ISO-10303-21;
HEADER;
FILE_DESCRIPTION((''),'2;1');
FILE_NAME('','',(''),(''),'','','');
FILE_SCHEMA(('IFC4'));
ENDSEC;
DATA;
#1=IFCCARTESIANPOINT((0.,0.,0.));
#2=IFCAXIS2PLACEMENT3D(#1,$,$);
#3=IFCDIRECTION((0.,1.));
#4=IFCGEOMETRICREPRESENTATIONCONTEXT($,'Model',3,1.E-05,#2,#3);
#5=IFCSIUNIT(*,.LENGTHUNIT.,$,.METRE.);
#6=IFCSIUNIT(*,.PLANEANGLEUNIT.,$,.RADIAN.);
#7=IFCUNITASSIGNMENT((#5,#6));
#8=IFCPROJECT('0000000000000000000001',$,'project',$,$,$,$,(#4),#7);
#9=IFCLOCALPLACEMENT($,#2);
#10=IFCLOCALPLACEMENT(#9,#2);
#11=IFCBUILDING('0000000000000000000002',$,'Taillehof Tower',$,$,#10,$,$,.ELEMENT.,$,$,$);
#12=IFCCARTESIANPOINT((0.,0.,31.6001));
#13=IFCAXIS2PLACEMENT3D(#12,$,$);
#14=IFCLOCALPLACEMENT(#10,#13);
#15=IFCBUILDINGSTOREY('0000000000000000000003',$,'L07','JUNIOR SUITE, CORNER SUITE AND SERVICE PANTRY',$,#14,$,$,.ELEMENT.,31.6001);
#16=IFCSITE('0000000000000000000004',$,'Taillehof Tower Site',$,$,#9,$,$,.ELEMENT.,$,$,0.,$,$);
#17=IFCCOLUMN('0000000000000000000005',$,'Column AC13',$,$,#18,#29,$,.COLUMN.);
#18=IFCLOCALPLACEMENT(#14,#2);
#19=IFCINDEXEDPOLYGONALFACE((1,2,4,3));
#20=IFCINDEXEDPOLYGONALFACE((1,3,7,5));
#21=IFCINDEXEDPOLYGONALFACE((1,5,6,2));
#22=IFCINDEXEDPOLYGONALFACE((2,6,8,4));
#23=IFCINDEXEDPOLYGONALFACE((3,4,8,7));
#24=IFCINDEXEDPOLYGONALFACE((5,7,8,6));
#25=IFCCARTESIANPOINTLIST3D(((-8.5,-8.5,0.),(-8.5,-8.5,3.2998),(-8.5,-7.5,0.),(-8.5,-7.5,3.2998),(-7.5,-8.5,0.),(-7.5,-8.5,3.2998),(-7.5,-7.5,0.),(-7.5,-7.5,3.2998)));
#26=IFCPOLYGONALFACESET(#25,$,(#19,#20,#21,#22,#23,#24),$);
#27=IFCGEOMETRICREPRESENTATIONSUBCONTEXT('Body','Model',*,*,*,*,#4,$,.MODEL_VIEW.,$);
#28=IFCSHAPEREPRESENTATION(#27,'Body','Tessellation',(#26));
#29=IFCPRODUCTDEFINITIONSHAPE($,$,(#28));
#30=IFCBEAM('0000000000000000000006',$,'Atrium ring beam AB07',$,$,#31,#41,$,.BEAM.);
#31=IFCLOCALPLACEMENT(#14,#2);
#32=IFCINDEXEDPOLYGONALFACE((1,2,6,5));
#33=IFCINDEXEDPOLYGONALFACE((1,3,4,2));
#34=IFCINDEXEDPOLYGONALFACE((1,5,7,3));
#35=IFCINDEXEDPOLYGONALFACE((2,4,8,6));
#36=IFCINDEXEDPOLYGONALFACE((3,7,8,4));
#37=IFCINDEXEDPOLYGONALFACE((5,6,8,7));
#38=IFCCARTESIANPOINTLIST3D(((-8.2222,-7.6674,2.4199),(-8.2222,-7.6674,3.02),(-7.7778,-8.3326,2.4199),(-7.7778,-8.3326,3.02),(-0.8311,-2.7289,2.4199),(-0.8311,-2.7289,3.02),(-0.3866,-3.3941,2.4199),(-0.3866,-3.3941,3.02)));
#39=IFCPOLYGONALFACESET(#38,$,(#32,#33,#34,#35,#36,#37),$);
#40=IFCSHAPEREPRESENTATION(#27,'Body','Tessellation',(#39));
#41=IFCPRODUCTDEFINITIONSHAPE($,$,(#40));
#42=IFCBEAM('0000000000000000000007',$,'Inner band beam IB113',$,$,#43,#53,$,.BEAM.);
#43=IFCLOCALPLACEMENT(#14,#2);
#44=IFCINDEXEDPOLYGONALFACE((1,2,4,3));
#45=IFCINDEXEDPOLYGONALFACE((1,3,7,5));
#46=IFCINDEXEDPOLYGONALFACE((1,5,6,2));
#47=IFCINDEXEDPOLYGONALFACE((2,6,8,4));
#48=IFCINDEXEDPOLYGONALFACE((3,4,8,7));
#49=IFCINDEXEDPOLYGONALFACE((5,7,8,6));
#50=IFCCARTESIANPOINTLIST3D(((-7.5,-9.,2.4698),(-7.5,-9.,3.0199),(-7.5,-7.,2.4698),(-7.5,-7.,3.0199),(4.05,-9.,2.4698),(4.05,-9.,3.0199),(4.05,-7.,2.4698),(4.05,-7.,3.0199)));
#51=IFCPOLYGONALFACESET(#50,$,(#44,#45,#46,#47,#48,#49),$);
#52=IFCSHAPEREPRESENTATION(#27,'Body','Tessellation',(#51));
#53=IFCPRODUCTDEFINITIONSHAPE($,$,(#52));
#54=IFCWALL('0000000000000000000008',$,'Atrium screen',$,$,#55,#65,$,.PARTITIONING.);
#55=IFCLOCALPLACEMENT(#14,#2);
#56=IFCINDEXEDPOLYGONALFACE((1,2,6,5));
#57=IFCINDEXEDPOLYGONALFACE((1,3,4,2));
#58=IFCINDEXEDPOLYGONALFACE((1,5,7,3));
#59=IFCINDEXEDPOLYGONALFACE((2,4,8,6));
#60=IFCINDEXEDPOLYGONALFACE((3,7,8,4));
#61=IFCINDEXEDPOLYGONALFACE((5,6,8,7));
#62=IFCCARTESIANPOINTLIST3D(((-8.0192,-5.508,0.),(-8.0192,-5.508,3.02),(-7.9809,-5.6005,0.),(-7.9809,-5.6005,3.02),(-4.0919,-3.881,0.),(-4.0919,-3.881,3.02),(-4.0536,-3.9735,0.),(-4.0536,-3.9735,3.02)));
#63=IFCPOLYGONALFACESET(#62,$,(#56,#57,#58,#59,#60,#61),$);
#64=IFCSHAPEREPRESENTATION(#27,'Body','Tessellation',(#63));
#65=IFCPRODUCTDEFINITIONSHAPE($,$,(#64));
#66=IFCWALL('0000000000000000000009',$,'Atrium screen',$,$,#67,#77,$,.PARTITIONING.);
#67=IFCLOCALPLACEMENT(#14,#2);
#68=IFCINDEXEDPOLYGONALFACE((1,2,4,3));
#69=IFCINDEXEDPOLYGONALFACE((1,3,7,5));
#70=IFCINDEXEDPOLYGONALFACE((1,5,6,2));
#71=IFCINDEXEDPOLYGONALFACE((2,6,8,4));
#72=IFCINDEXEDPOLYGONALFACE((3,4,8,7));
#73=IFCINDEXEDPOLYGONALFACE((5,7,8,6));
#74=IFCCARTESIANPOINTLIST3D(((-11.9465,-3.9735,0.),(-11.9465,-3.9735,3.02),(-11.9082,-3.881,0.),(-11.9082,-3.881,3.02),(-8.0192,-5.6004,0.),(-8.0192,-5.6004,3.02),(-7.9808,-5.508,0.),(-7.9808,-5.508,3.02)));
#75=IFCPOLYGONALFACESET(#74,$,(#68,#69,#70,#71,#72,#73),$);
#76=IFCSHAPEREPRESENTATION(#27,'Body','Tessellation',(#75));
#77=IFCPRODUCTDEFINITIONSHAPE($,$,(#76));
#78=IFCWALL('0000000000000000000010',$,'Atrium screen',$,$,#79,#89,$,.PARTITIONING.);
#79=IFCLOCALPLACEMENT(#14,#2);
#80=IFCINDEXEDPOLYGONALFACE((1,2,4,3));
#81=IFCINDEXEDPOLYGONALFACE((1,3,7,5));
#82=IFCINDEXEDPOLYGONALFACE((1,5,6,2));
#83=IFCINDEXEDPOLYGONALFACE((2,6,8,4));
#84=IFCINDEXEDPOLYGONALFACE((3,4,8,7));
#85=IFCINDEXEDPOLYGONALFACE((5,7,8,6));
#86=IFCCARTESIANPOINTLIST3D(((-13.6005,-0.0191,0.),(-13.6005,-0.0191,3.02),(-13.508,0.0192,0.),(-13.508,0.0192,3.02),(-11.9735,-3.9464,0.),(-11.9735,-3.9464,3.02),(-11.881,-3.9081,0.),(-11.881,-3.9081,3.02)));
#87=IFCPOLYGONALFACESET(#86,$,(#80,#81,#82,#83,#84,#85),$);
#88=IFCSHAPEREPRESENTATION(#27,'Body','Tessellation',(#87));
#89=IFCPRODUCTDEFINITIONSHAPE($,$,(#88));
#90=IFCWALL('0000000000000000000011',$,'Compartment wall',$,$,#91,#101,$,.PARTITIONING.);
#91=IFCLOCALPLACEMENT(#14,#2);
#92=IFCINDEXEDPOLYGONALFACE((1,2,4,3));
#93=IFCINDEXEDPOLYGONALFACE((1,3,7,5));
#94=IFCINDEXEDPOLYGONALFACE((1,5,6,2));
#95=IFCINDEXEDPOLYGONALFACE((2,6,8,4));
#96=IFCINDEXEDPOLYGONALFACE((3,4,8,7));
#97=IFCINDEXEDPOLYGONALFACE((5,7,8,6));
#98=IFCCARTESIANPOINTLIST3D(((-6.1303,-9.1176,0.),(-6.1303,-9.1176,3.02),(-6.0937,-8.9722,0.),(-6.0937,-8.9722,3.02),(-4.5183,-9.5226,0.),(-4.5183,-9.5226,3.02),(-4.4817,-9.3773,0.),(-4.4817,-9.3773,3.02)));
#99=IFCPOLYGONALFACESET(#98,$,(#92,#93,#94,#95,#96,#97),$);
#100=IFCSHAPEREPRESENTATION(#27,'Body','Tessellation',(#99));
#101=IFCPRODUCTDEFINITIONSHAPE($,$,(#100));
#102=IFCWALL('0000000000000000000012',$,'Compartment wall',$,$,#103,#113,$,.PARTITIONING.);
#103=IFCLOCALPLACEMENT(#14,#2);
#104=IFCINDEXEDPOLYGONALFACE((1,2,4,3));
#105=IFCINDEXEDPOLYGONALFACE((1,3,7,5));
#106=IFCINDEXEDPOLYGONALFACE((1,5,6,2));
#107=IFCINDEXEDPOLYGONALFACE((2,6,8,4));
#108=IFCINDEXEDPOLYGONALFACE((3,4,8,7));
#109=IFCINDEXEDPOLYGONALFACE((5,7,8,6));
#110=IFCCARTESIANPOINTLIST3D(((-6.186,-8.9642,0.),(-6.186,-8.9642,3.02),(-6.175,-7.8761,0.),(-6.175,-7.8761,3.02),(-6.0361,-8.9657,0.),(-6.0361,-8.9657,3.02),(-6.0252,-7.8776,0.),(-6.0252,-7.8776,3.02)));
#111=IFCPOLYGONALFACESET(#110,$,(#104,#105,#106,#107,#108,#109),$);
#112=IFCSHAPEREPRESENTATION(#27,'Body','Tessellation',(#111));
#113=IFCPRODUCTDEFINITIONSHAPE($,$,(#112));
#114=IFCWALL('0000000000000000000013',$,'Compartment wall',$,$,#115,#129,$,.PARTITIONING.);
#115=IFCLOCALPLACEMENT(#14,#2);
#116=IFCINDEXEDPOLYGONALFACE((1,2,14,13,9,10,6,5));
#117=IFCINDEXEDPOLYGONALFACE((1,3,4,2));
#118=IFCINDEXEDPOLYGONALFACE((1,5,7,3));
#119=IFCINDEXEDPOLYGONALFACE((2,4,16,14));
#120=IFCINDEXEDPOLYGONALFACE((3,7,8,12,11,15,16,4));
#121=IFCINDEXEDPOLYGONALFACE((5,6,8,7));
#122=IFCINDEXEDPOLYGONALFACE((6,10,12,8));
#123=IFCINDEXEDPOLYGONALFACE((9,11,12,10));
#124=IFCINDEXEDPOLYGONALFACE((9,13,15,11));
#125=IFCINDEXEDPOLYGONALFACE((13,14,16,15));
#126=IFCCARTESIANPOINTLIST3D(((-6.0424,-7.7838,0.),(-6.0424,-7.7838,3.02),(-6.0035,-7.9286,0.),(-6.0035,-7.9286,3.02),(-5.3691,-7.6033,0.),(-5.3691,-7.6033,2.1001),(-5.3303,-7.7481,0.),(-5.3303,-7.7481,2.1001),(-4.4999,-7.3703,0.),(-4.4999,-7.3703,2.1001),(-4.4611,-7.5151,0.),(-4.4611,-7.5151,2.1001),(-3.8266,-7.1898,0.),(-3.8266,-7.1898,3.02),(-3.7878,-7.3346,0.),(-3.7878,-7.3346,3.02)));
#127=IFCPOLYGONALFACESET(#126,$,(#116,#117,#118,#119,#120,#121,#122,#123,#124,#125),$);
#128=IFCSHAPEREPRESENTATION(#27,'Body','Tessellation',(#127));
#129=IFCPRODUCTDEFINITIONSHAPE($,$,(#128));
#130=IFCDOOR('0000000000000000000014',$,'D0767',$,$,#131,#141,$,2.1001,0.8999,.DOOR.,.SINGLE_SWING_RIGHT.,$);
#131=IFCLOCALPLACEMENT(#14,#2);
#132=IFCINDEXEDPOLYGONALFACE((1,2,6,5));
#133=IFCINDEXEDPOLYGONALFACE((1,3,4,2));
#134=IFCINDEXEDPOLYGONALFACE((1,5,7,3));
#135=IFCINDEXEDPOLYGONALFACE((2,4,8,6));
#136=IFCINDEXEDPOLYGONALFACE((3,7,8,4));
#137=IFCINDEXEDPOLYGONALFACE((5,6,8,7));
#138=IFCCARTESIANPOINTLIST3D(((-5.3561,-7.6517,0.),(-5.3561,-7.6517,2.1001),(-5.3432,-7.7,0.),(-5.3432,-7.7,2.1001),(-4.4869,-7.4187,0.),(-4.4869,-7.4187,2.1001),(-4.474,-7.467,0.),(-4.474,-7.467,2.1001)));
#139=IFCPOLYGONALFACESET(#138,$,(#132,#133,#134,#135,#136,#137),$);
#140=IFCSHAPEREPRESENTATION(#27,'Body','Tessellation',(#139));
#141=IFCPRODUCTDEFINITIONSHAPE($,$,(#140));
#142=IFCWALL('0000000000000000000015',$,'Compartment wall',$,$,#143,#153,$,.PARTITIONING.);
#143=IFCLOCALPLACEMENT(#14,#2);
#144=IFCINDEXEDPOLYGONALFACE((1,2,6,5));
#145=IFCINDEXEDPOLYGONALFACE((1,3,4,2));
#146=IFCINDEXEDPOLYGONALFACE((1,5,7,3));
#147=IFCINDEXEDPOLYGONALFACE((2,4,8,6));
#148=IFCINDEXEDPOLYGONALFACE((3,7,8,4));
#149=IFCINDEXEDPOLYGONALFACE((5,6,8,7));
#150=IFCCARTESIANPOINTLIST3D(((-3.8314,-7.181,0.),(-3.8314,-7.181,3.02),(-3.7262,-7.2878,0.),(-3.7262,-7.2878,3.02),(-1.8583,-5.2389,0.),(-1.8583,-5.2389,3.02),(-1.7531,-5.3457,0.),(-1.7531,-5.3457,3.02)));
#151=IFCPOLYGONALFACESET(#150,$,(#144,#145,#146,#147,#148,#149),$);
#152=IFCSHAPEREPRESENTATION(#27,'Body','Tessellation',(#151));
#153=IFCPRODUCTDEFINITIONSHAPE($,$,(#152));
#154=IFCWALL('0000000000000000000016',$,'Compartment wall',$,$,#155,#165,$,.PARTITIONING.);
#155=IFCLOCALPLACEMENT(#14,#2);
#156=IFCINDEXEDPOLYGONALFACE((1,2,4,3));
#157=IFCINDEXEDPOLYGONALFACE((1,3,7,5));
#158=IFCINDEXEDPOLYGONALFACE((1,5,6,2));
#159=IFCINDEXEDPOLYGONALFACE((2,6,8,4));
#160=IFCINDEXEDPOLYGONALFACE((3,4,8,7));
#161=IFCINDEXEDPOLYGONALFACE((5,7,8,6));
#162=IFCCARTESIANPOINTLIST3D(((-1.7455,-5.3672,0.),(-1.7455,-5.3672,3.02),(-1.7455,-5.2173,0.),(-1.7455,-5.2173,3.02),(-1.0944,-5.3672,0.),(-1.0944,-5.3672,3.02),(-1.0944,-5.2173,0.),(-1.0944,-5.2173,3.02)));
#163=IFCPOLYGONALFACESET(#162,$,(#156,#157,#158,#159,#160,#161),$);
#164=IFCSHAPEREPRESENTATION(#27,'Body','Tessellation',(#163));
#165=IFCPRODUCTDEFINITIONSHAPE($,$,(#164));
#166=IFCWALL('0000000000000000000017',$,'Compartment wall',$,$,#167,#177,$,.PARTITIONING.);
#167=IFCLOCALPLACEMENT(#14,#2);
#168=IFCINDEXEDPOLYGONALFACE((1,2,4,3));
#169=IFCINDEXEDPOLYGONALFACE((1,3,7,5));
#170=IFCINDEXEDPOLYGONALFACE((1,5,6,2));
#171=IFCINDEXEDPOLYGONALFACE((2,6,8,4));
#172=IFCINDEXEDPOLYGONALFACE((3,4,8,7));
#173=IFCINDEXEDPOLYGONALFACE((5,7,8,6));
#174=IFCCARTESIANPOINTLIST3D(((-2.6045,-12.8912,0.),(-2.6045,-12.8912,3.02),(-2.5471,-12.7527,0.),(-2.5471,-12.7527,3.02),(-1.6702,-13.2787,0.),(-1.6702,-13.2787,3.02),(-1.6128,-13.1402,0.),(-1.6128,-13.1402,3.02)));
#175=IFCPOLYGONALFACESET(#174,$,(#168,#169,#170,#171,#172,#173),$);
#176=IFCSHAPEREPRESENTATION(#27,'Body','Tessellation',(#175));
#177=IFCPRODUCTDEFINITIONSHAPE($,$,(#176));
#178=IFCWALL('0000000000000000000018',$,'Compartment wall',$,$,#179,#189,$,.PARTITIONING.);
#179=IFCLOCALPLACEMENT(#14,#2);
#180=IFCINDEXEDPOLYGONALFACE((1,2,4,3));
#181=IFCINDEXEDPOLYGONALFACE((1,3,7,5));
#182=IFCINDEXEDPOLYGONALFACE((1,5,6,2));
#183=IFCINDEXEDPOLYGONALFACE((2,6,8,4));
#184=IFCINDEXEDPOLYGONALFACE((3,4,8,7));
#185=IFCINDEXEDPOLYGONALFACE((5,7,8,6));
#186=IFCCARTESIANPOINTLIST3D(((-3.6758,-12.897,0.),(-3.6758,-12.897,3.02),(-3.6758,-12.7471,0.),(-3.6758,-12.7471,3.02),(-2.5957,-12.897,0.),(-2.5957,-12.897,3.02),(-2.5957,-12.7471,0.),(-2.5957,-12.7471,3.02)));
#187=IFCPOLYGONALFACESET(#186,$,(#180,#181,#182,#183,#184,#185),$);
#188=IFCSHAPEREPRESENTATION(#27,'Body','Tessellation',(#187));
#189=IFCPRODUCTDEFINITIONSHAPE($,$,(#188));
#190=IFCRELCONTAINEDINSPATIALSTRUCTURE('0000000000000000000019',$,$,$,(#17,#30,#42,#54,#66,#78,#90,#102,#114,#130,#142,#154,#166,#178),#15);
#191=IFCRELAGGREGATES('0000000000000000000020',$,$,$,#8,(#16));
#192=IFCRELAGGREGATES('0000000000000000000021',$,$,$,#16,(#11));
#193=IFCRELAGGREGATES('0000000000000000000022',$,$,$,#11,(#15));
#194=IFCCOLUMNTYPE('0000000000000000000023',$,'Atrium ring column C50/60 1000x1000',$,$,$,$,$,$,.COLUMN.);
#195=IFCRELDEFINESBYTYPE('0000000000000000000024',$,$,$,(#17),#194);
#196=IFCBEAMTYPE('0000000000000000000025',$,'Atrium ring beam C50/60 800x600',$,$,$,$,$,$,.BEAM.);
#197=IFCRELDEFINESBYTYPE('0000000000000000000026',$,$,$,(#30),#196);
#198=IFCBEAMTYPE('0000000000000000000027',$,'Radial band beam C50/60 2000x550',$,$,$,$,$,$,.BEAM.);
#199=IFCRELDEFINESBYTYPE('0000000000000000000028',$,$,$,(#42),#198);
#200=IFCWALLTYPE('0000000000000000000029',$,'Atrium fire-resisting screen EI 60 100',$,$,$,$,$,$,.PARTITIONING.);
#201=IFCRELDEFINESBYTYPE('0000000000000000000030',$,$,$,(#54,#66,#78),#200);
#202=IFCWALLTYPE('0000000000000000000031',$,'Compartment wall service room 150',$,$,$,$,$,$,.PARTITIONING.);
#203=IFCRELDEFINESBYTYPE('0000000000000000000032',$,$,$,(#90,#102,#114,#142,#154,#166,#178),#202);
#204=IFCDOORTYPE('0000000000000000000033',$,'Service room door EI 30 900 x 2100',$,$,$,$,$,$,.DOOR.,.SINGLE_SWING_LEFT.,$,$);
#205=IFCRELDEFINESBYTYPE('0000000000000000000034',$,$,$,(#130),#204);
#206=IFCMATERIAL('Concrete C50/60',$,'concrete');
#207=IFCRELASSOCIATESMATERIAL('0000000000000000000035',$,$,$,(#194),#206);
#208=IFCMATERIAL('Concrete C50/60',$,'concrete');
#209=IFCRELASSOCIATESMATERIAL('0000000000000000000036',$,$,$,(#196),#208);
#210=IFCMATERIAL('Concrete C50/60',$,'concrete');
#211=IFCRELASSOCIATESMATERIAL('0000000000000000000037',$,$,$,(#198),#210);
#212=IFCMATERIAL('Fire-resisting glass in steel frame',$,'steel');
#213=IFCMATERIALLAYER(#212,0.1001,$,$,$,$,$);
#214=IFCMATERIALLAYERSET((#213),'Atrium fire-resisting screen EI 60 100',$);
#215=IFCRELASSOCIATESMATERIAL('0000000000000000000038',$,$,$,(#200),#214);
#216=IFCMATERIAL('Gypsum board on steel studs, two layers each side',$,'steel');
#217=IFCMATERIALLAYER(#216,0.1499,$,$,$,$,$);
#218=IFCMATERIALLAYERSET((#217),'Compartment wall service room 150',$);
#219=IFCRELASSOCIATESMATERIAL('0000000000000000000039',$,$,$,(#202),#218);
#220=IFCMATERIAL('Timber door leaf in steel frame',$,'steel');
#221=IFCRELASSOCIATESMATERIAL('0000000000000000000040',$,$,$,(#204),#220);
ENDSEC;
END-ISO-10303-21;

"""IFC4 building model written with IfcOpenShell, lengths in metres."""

from ifc_helpers import new_model, si_unit, direction, frame, frame_2d, origin, origin_2d, place, context, subcontext, project, spatial, rectangle, extrude, material, layer, layer_set, material_profile, profile_set, type_object, element, fill, save


model = new_model("IFC4")

# Units and contexts
model_context = context("Model", 3, precision=1e-05, world=origin(), true_north=direction((0.0, 1.0)))
body_context = subcontext(model_context, "Body", "Model", "MODEL_VIEW")
ifc_project = project(units=[si_unit("LENGTHUNIT", "METRE"), si_unit("PLANEANGLEUNIT", "RADIAN")], contexts=[model_context])

# Site, building, storey
site_placement = place(None, origin())
site = spatial("IfcSite", under=ifc_project, at=site_placement, Name="Taillehof Tower Site", CompositionType="ELEMENT", RefElevation=0.0)
building_placement = place(site_placement, origin())
building = spatial("IfcBuilding", under=site, at=building_placement, Name="Taillehof Tower", CompositionType="ELEMENT")
storey_placement = place(building_placement, frame((0.0, 0.0, 31.6001)))
storey = spatial("IfcBuildingStorey", under=building, at=storey_placement, Name="L07", Description="JUNIOR SUITE, CORNER SUITE AND SERVICE PANTRY", CompositionType="ELEMENT", Elevation=31.6001)

# Column
ifc_material_1 = material(Name="Concrete C50/60", Category="concrete")
ifc_material_profile_1 = material_profile(ifc_material_1, rectangle(XDim=1.0, YDim=1.0, at=origin_2d()), Name="RC 1000x1000")
ifc_profile_set_1 = profile_set([ifc_material_profile_1], Name="Concrete C50/60")
column_type = type_object("IfcColumnType", Name="Atrium ring column C50/60 1000x1000", PredefinedType="COLUMN", material=ifc_profile_set_1)
column_placement = place(storey_placement, frame((-8.0, -8.0, 0.0), z_axis=(0.0, 0.0, 1.0), x_axis=(1.0, 0.0, 0.0)))
element("IfcColumn", 1, at=column_placement, inside=storey, type_object=column_type, Name="Column AC13", PredefinedType="COLUMN", context=body_context, shape_type="SweptSolid", body=[
    extrude(rectangle(XDim=1.0, YDim=1.0, at=origin_2d()), origin(), (0.0, 0.0, 1.0), 3.2998),
])

# Beams
ifc_material_2 = material(Name="Concrete C50/60", Category="concrete")
ifc_material_profile_2 = material_profile(ifc_material_2, rectangle(XDim=0.8, YDim=0.6001, at=origin_2d()), Name="RC 800x600")
ifc_profile_set_2 = profile_set([ifc_material_profile_2], Name="Concrete C50/60")
beam_type_1 = type_object("IfcBeamType", Name="Atrium ring beam C50/60 800x600", PredefinedType="BEAM", material=ifc_profile_set_2)
beam_1_placement = place(storey_placement, frame((-8.0, -8.0, 2.72), z_axis=(0.831475, 0.555562, 0.0), x_axis=(-0.555562, 0.831475, 0.0)))
element("IfcBeam", 2, at=beam_1_placement, inside=storey, type_object=beam_type_1, Name="Atrium ring beam AB07", PredefinedType="BEAM", context=body_context, shape_type="SweptSolid", body=[
    extrude(rectangle(XDim=0.8, YDim=0.6001, at=origin_2d()), origin(), (0.0, 0.0, 1.0), 8.8892),
])
ifc_material_3 = material(Name="Concrete C50/60", Category="concrete")
ifc_material_profile_3 = material_profile(ifc_material_3, rectangle(XDim=2.0, YDim=0.55, at=origin_2d()), Name="RC 2000x550")
ifc_profile_set_3 = profile_set([ifc_material_profile_3], Name="Concrete C50/60")
beam_type_2 = type_object("IfcBeamType", Name="Radial band beam C50/60 2000x550", PredefinedType="BEAM", material=ifc_profile_set_3)
beam_2_placement = place(storey_placement, frame((-7.5, -8.0, 2.7449), z_axis=(1.0, 0.0, 0.0), x_axis=(0.0, 1.0, 0.0)))
element("IfcBeam", 3, at=beam_2_placement, inside=storey, type_object=beam_type_2, Name="Inner band beam IB113", PredefinedType="BEAM", context=body_context, shape_type="SweptSolid", body=[
    extrude(rectangle(XDim=2.0, YDim=0.55, at=origin_2d()), origin(), (0.0, 0.0, 1.0), 11.55),
])

# Walls
ifc_material_4 = material(Name="Fire-resisting glass in steel frame", Category="steel")
ifc_layer_1 = layer(ifc_material_4, 0.1001)
ifc_layer_set_1 = layer_set([ifc_layer_1], Name="Atrium fire-resisting screen EI 60 100")
wall_type_1 = type_object("IfcWallType", Name="Atrium fire-resisting screen EI 60 100", PredefinedType="PARTITIONING", material=ifc_layer_set_1)
for number, where, z_axis, x_axis, name in (
    (4, (-4.0728, -3.9272, 0.0), (0.0, 0.0, 1.0), (-0.92386, -0.382731, 0.0), "Atrium screen"),
    (5, (-8.0, -5.5542, 0.0), (0.0, 0.0, 1.0), (-0.92386, 0.382731, 0.0), "Atrium screen"),
    (6, (-11.9272, -3.9272, 0.0), (0.0, 0.0, 1.0), (-0.382731, 0.92386, 0.0), "Atrium screen"),
):
    element("IfcWall", number, at=place(storey_placement, frame(where, z_axis=z_axis, x_axis=x_axis)), inside=storey, type_object=wall_type_1, Name=name, PredefinedType="PARTITIONING", context=body_context, shape_type="SweptSolid", body=[
        extrude(rectangle(XDim=4.251, YDim=0.1001, at=frame_2d((2.1255, 0.0))), origin(), (0.0, 0.0, 1.0), 3.02),
    ])
ifc_material_5 = material(Name="Gypsum board on steel studs, two layers each side", Category="steel")
ifc_layer_2 = layer(ifc_material_5, 0.1499)
ifc_layer_set_2 = layer_set([ifc_layer_2], Name="Compartment wall service room 150")
wall_type_2 = type_object("IfcWallType", Name="Compartment wall service room 150", PredefinedType="PARTITIONING", material=ifc_layer_set_2)
wall_1_placement = place(storey_placement, frame((-4.5, -9.45, 0.0), z_axis=(0.0, 0.0, 1.0), x_axis=(-0.969857, 0.243676, 0.0)))
element("IfcWall", 7, at=wall_1_placement, inside=storey, type_object=wall_type_2, Name="Compartment wall", PredefinedType="PARTITIONING", context=body_context, shape_type="SweptSolid", body=[
    extrude(rectangle(XDim=1.6621, YDim=0.1499, at=frame_2d((0.8311, 0.0))), origin(), (0.0, 0.0, 1.0), 3.02),
])
wall_2_placement = place(storey_placement, frame((-6.1111, -8.9648, 0.0), z_axis=(0.0, 0.0, 1.0), x_axis=(0.010096, 0.999949, 0.0)))
element("IfcWall", 8, at=wall_2_placement, inside=storey, type_object=wall_type_2, Name="Compartment wall", PredefinedType="PARTITIONING", context=body_context, shape_type="SweptSolid", body=[
    extrude(rectangle(XDim=1.0881, YDim=0.1499, at=frame_2d((0.5439, 0.0))), origin(), (0.0, 0.0, 1.0), 3.02),
])

# Wall, opening, door
wall_3_placement = place(storey_placement, frame((-6.0229, -7.8562, 0.0), z_axis=(0.0, 0.0, 1.0), x_axis=(0.965897, 0.258928, 0.0)))
wall_3 = element("IfcWall", 9, at=wall_3_placement, inside=storey, type_object=wall_type_2, Name="Compartment wall", PredefinedType="PARTITIONING", context=body_context, shape_type="SweptSolid", body=[
    extrude(rectangle(XDim=2.2939, YDim=0.1499, at=frame_2d((1.147, 0.0))), origin(), (0.0, 0.0, 1.0), 3.02),
])
opening_1_placement = place(wall_3_placement, frame((0.697, 0.0, 0.0)))
opening_1 = element("IfcOpeningElement", 10, at=opening_1_placement, cuts=wall_3, PredefinedType="OPENING", context=body_context, shape_type="SweptSolid", body=[
    extrude(rectangle(XDim=0.8999, YDim=2.1001, at=frame_2d((0.45, 1.05))), frame((0.0, 0.085, 0.0), z_axis=(0.0, -1.0, 0.0), x_axis=(1.0, 0.0, 0.0)), (0.0, 0.0, 1.0), 0.1699),
])
ifc_material_6 = material(Name="Timber door leaf in steel frame", Category="steel")
door_type_1 = type_object("IfcDoorType", Name="Service room door EI 30 900 x 2100", OperationType="SINGLE_SWING_LEFT", PredefinedType="DOOR", material=ifc_material_6)
door_1_placement = place(opening_1_placement, origin())
door_1 = element("IfcDoor", 11, at=door_1_placement, inside=storey, type_object=door_type_1, Name="D0767", OperationType="SINGLE_SWING_RIGHT", OverallHeight=2.1001, OverallWidth=0.8999, PredefinedType="DOOR", context=body_context, shape_type="SweptSolid", body=[
    extrude(rectangle(XDim=0.8999, YDim=2.1001, at=frame_2d((0.45, 1.05))), frame((0.0, 0.0249, 0.0), z_axis=(0.0, -1.0, 0.0), x_axis=(1.0, 0.0, 0.0)), (0.0, 0.0, 1.0), 0.05),
])
fill(opening_1, door_1)

# Walls
wall_4_placement = place(storey_placement, frame((-3.7788, -7.2344, 0.0), z_axis=(0.0, 0.0, 1.0), x_axis=(0.712684, 0.701485, 0.0)))
element("IfcWall", 12, at=wall_4_placement, inside=storey, type_object=wall_type_2, Name="Compartment wall", PredefinedType="PARTITIONING", context=body_context, shape_type="SweptSolid", body=[
    extrude(rectangle(XDim=2.7686, YDim=0.1499, at=frame_2d((1.3843, 0.0))), origin(), (0.0, 0.0, 1.0), 3.02),
])
wall_5_placement = place(storey_placement, frame((-1.7456, -5.2922, 0.0), z_axis=(0.0, 0.0, 1.0), x_axis=(1.0, 0.0, 0.0)))
element("IfcWall", 13, at=wall_5_placement, inside=storey, type_object=wall_type_2, Name="Compartment wall", PredefinedType="PARTITIONING", context=body_context, shape_type="SweptSolid", body=[
    extrude(rectangle(XDim=0.6511, YDim=0.1499, at=frame_2d((0.3257, 0.0))), origin(), (0.0, 0.0, 1.0), 3.02),
])
wall_6_placement = place(storey_placement, frame((-1.6414, -13.2095, 0.0), z_axis=(0.0, 0.0, 1.0), x_axis=(-0.923725, 0.383055, 0.0)))
element("IfcWall", 14, at=wall_6_placement, inside=storey, type_object=wall_type_2, Name="Compartment wall", PredefinedType="PARTITIONING", context=body_context, shape_type="SweptSolid", body=[
    extrude(rectangle(XDim=1.0115, YDim=0.1499, at=frame_2d((0.5059, 0.0))), origin(), (0.0, 0.0, 1.0), 3.02),
])
wall_7_placement = place(storey_placement, frame((-2.5957, -12.822, 0.0), z_axis=(0.0, 0.0, 1.0), x_axis=(-1.0, 0.0, 0.0)))
element("IfcWall", 15, at=wall_7_placement, inside=storey, type_object=wall_type_2, Name="Compartment wall", PredefinedType="PARTITIONING", context=body_context, shape_type="SweptSolid", body=[
    extrude(rectangle(XDim=1.0801, YDim=0.1499, at=frame_2d((0.54, 0.0))), origin(), (0.0, 0.0, 1.0), 3.02),
])

save(model, "model.ifc")
